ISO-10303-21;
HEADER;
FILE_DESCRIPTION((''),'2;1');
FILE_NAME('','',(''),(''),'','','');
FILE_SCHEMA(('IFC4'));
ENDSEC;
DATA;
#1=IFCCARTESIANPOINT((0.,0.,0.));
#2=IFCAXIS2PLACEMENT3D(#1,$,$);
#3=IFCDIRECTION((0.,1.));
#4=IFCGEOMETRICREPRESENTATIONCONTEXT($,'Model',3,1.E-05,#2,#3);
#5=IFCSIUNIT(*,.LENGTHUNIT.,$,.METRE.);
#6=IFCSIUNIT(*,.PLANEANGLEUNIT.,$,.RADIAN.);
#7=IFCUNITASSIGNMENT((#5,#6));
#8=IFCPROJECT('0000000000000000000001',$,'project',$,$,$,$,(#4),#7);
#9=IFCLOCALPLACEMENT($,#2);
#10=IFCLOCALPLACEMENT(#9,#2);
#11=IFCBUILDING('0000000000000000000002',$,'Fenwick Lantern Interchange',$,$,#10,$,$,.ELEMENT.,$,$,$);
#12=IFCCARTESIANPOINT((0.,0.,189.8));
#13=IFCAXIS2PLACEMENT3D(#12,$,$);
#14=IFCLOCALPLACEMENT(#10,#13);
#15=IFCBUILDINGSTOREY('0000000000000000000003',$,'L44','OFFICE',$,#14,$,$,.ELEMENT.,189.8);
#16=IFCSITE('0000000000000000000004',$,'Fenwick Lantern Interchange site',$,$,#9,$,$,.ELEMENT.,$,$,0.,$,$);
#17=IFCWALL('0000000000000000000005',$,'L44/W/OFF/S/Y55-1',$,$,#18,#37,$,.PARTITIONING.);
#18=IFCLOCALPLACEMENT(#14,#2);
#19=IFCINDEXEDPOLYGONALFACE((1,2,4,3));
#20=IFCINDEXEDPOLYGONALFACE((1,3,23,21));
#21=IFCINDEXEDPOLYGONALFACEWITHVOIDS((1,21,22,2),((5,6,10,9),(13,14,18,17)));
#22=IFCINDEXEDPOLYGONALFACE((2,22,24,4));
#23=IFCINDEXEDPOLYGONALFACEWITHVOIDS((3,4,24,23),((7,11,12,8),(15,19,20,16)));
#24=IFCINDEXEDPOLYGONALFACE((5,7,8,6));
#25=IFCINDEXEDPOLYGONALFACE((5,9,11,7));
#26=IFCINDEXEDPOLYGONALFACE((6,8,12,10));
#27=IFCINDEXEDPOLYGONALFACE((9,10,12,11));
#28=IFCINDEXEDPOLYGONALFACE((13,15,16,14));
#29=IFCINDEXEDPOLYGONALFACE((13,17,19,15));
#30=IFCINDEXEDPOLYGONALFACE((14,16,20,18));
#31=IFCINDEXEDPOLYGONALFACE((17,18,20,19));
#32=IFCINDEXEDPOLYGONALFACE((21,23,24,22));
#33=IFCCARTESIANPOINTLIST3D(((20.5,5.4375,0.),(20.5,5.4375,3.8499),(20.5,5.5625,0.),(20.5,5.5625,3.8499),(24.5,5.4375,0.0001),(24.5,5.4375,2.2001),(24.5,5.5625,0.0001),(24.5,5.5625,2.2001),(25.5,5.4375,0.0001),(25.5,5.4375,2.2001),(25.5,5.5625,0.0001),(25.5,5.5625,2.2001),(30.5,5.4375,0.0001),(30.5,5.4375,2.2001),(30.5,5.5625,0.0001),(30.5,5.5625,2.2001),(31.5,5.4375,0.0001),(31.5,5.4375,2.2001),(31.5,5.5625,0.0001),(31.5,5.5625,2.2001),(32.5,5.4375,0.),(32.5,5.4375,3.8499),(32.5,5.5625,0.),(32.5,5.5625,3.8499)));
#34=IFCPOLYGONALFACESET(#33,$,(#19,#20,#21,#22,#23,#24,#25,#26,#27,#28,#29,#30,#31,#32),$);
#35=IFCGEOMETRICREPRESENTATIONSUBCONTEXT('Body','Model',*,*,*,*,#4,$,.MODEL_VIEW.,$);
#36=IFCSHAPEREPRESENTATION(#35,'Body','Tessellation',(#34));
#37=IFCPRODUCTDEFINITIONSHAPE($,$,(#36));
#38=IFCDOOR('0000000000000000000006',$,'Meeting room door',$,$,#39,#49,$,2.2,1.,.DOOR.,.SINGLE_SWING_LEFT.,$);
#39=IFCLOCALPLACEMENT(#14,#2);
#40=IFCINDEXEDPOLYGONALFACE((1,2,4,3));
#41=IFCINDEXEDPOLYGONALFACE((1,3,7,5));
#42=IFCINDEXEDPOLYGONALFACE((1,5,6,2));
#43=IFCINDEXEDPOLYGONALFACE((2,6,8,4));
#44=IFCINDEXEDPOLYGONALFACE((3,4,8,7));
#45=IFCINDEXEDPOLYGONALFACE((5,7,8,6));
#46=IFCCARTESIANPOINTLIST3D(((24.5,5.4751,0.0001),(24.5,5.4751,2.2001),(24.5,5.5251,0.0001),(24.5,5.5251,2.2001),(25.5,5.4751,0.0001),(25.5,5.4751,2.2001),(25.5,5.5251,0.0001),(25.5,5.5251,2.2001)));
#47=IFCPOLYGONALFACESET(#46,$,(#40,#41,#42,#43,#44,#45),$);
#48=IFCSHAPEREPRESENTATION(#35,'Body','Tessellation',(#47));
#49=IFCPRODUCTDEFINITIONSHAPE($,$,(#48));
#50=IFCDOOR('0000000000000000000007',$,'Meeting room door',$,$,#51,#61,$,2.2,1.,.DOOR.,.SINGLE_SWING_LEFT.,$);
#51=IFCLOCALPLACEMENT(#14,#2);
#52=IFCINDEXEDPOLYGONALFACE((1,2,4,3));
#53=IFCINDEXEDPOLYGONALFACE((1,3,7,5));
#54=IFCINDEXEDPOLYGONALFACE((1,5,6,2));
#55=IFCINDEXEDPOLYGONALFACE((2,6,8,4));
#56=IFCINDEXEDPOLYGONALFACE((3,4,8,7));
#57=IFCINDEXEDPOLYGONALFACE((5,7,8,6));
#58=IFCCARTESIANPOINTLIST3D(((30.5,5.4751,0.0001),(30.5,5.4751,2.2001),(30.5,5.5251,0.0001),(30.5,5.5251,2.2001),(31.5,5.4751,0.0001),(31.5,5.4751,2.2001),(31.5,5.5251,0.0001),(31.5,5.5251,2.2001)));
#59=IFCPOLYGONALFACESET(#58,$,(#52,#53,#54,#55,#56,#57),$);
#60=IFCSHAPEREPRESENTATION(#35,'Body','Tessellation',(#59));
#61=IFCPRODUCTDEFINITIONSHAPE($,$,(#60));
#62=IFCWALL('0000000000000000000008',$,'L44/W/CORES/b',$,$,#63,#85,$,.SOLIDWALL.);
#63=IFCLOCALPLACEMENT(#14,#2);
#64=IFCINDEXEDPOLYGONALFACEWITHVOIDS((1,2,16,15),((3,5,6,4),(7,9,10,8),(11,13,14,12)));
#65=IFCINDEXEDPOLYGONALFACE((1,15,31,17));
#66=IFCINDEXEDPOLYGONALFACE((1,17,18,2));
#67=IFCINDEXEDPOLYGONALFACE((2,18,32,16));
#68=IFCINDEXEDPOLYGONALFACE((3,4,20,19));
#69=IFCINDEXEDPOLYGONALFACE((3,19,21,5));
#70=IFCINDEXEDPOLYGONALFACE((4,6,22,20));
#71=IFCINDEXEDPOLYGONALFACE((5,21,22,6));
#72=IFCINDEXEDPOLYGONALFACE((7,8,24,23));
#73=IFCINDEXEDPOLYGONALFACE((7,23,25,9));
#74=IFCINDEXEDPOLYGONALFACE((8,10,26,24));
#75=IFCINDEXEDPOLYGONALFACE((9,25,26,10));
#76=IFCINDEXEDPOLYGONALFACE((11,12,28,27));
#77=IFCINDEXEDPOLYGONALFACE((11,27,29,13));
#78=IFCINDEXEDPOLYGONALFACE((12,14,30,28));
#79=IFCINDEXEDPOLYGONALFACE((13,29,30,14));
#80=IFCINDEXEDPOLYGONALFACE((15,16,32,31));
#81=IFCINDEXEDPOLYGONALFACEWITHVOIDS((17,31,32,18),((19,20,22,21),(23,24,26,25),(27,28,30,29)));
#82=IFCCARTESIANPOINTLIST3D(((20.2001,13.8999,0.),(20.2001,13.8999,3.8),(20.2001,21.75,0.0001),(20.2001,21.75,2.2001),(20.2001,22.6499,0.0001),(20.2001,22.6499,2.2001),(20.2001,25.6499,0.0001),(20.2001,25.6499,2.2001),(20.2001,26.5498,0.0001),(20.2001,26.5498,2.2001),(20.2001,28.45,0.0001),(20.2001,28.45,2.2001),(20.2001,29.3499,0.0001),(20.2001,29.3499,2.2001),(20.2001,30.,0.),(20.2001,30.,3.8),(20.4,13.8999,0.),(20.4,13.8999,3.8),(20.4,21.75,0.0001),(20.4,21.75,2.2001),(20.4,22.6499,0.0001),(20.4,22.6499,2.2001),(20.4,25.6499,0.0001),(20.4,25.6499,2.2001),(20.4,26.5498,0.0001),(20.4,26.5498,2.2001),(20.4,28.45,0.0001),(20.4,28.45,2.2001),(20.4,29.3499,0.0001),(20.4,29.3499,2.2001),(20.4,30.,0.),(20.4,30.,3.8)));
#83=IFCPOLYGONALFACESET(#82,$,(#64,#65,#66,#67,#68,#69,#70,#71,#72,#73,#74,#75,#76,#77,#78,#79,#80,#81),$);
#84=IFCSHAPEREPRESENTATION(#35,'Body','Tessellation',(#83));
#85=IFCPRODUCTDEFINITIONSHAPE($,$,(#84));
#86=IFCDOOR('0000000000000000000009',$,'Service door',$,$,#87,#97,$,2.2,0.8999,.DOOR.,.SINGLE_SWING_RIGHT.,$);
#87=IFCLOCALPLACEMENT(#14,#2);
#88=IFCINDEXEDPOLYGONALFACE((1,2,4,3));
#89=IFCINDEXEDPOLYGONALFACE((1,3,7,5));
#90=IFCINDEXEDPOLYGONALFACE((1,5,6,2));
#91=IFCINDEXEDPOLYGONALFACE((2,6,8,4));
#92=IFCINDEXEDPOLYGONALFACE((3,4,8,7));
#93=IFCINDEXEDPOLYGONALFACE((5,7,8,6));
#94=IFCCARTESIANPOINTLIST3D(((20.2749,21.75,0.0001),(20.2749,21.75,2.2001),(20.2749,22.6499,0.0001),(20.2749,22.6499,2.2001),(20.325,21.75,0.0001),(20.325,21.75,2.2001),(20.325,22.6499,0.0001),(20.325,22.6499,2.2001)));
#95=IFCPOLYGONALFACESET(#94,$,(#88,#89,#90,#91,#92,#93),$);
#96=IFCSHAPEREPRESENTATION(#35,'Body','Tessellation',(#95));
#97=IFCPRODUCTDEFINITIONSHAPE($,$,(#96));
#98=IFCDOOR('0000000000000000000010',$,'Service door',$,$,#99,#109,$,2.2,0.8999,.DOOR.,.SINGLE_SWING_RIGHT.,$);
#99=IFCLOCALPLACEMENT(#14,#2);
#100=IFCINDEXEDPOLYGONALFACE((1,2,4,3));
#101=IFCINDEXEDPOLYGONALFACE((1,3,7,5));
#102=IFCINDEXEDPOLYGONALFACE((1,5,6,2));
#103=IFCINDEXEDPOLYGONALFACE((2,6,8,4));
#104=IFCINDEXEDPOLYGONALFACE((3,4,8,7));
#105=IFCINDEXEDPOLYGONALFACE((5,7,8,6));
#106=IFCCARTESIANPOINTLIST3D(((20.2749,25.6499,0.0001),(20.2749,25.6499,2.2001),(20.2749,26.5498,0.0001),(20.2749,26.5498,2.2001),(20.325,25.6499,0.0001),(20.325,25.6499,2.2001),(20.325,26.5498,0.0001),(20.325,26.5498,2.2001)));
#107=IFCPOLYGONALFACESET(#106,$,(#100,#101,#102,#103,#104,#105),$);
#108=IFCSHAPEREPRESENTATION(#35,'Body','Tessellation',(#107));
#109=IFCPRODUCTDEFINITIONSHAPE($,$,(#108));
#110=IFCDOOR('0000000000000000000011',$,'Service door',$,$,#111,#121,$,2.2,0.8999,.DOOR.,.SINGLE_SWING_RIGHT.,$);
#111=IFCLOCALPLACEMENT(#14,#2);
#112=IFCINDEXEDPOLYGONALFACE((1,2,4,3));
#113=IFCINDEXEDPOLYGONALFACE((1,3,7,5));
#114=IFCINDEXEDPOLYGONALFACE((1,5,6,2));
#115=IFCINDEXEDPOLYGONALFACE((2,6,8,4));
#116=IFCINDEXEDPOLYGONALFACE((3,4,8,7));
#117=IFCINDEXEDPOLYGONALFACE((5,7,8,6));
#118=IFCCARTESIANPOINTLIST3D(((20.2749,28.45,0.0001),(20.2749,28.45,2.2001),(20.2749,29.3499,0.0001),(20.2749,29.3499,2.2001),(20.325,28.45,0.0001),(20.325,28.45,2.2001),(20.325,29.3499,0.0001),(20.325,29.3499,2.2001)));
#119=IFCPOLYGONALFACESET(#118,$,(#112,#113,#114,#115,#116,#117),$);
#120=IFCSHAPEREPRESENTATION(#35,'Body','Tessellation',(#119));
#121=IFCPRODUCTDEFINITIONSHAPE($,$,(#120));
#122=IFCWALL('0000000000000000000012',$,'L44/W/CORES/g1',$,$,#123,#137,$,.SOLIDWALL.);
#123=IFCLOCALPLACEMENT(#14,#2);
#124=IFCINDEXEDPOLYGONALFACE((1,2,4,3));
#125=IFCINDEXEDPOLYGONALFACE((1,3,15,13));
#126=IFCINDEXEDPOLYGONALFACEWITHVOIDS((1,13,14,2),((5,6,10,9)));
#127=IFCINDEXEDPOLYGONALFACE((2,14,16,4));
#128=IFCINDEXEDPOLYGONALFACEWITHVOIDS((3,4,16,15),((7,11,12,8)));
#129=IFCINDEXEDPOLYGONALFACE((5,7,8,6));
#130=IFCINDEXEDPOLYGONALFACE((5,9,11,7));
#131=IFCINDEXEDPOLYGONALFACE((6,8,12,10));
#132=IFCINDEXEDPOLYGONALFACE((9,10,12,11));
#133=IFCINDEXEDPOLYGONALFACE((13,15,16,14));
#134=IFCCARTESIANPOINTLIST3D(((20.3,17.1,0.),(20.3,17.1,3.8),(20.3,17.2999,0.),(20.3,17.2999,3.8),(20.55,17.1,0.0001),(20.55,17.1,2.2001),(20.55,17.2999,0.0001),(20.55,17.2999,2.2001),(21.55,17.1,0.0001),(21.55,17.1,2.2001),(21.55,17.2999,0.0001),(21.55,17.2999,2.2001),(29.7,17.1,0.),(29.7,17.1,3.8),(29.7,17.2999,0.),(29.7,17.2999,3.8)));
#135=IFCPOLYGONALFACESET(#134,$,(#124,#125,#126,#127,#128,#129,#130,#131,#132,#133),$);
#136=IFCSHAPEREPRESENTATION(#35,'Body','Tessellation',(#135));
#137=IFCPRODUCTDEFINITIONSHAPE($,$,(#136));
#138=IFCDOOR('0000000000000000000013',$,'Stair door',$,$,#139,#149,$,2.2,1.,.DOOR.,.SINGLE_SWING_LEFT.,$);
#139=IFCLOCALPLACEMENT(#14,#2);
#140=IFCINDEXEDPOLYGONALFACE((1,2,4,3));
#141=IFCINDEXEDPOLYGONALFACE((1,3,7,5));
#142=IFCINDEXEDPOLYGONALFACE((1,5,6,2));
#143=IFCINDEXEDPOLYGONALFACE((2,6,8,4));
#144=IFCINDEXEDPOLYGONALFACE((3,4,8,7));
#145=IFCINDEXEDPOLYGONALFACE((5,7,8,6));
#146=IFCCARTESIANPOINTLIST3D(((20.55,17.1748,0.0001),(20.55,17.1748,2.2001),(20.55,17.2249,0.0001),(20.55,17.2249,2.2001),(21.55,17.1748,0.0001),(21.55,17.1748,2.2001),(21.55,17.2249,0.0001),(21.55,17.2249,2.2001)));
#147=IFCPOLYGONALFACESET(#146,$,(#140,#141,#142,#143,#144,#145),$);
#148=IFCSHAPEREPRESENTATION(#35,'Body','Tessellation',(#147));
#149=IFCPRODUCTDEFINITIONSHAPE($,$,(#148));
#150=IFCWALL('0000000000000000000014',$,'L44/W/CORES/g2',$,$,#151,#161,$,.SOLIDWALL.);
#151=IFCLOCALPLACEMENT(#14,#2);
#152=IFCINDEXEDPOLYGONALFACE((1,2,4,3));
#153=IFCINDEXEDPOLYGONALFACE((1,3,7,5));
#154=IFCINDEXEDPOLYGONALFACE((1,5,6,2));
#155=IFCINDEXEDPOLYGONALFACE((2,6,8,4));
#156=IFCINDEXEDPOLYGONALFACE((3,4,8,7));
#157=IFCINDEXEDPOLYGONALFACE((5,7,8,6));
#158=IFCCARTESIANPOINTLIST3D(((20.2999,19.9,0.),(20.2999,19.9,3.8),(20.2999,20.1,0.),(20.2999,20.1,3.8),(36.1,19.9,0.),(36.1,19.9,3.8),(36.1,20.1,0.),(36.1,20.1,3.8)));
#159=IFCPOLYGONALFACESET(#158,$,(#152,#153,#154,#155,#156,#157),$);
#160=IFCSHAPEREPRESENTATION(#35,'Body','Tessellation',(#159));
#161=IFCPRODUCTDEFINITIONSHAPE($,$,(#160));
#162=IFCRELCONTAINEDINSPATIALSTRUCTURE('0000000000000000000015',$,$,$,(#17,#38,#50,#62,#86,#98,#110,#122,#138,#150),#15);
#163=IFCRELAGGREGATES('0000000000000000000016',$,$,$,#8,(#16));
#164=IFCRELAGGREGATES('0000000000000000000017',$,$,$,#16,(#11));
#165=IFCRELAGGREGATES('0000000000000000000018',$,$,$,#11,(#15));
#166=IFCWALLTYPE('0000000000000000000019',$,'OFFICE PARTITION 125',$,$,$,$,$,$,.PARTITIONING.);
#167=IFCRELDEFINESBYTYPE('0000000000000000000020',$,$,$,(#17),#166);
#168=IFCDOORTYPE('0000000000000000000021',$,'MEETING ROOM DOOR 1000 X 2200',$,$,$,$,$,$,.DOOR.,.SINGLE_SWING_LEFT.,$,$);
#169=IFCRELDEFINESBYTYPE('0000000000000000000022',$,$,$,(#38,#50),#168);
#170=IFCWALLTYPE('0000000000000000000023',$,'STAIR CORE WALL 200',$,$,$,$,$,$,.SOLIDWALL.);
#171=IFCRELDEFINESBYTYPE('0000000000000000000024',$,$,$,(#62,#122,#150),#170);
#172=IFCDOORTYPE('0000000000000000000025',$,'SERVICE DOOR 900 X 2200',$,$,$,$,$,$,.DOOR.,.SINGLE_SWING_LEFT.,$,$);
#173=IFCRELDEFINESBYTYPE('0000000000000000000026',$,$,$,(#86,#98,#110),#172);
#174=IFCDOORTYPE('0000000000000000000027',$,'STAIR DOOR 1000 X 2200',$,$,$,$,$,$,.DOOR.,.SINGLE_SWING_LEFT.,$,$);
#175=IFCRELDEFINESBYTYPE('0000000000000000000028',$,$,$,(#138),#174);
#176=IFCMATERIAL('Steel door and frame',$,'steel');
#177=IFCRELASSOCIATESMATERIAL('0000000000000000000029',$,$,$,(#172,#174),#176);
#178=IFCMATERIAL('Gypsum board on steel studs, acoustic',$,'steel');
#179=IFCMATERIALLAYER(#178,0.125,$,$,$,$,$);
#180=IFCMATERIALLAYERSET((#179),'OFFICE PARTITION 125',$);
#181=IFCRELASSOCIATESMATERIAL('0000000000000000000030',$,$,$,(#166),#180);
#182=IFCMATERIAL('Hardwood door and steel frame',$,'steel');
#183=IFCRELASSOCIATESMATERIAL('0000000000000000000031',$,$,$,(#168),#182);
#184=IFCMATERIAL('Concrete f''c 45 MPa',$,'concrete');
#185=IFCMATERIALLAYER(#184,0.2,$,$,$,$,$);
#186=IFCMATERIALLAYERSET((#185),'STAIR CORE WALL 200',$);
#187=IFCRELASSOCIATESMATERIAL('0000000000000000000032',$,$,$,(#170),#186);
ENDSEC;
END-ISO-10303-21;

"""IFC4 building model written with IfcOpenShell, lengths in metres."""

from ifc_helpers import new_model, si_unit, direction, frame, frame_2d, origin, place, context, subcontext, project, spatial, rectangle, extrude, material, layer, layer_set, type_object, element, fill, save


model = new_model("IFC4")

# Units and contexts
model_context = context("Model", 3, precision=1e-05, world=origin(), true_north=direction((0.0, 1.0)))
body_context = subcontext(model_context, "Body", "Model", "MODEL_VIEW")
ifc_project = project(units=[si_unit("LENGTHUNIT", "METRE"), si_unit("PLANEANGLEUNIT", "RADIAN")], contexts=[model_context])

# Site, building, storey
site_placement = place(None, origin())
site = spatial("IfcSite", under=ifc_project, at=site_placement, Name="Fenwick Lantern Interchange site", CompositionType="ELEMENT", RefElevation=0.0)
building_placement = place(site_placement, origin())
building = spatial("IfcBuilding", under=site, at=building_placement, Name="Fenwick Lantern Interchange", CompositionType="ELEMENT")
storey_placement = place(building_placement, frame((0.0, 0.0, 189.8)))
storey = spatial("IfcBuildingStorey", under=building, at=storey_placement, Name="L44", Description="OFFICE", CompositionType="ELEMENT", Elevation=189.8)

# Shared definitions
ifc_material_1 = material(Name="Steel door and frame", Category="steel")
door_type_1 = type_object("IfcDoorType", Name="SERVICE DOOR 900 X 2200", OperationType="SINGLE_SWING_LEFT", PredefinedType="DOOR", material=ifc_material_1)

# Shared definitions
ifc_material_2 = material(Name="Gypsum board on steel studs, acoustic", Category="steel")
ifc_layer_1 = layer(ifc_material_2, 0.125)
ifc_layer_set_1 = layer_set([ifc_layer_1], Name="OFFICE PARTITION 125")
wall_type_1 = type_object("IfcWallType", Name="OFFICE PARTITION 125", PredefinedType="PARTITIONING", material=ifc_layer_set_1)

# Walls, openings, doors
wall_1_placement = place(storey_placement, frame((20.5, 5.5, 0.0), z_axis=(0.0, 0.0, 1.0), x_axis=(1.0, 0.0, 0.0)))
wall_1 = element("IfcWall", 1, at=wall_1_placement, inside=storey, type_object=wall_type_1, Name="L44/W/OFF/S/Y55-1", PredefinedType="PARTITIONING", context=body_context, shape_type="SweptSolid", body=[
    extrude(rectangle(XDim=12.0, YDim=0.125, at=frame_2d((6.0, 0.0))), origin(), (0.0, 0.0, 1.0), 3.8499),
])
opening_1_placement = place(wall_1_placement, frame((4.0, 0.0, 0.0)))
opening_1 = element("IfcOpeningElement", 2, at=opening_1_placement, cuts=wall_1, PredefinedType="OPENING", context=body_context, shape_type="SweptSolid", body=[
    extrude(rectangle(XDim=1.0, YDim=2.2, at=frame_2d((0.5, 1.1001))), frame((0.0, 0.0725, 0.0), z_axis=(0.0, -1.0, 0.0), x_axis=(1.0, 0.0, 0.0)), (0.0, 0.0, 1.0), 0.145),
])
opening_2_placement = place(wall_1_placement, frame((10.0, 0.0, 0.0)))
opening_2 = element("IfcOpeningElement", 3, at=opening_2_placement, cuts=wall_1, PredefinedType="OPENING", context=body_context, shape_type="SweptSolid", body=[
    extrude(rectangle(XDim=1.0, YDim=2.2, at=frame_2d((0.5, 1.1001))), frame((0.0, 0.0725, 0.0), z_axis=(0.0, -1.0, 0.0), x_axis=(1.0, 0.0, 0.0)), (0.0, 0.0, 1.0), 0.145),
])
ifc_material_3 = material(Name="Hardwood door and steel frame", Category="steel")
door_type_2 = type_object("IfcDoorType", Name="MEETING ROOM DOOR 1000 X 2200", OperationType="SINGLE_SWING_LEFT", PredefinedType="DOOR", material=ifc_material_3)
door_1_placement = place(opening_1_placement, frame((1.0, 0.0, 0.0), z_axis=(0.0, 0.0, 1.0), x_axis=(-1.0, 0.0, 0.0)))
door_1 = element("IfcDoor", 4, at=door_1_placement, inside=storey, type_object=door_type_2, Name="Meeting room door", OperationType="SINGLE_SWING_LEFT", OverallHeight=2.2, OverallWidth=1.0, PredefinedType="DOOR", context=body_context, shape_type="SweptSolid", body=[
    extrude(rectangle(XDim=1.0, YDim=2.2, at=frame_2d((0.5, 1.1001))), frame((0.0, 0.0249, 0.0), z_axis=(0.0, -1.0, 0.0), x_axis=(1.0, 0.0, 0.0)), (0.0, 0.0, 1.0), 0.05),
])
fill(opening_1, door_1)
door_2_placement = place(opening_2_placement, frame((1.0, 0.0, 0.0), z_axis=(0.0, 0.0, 1.0), x_axis=(-1.0, 0.0, 0.0)))
door_2 = element("IfcDoor", 5, at=door_2_placement, inside=storey, type_object=door_type_2, Name="Meeting room door", OperationType="SINGLE_SWING_LEFT", OverallHeight=2.2, OverallWidth=1.0, PredefinedType="DOOR", context=body_context, shape_type="SweptSolid", body=[
    extrude(rectangle(XDim=1.0, YDim=2.2, at=frame_2d((0.5, 1.1001))), frame((0.0, 0.0249, 0.0), z_axis=(0.0, -1.0, 0.0), x_axis=(1.0, 0.0, 0.0)), (0.0, 0.0, 1.0), 0.05),
])
fill(opening_2, door_2)
ifc_material_4 = material(Name="Concrete f'c 45 MPa", Category="concrete")
ifc_layer_2 = layer(ifc_material_4, 0.2)
ifc_layer_set_2 = layer_set([ifc_layer_2], Name="STAIR CORE WALL 200")
wall_type_2 = type_object("IfcWallType", Name="STAIR CORE WALL 200", PredefinedType="SOLIDWALL", material=ifc_layer_set_2)
wall_2_placement = place(storey_placement, frame((20.3, 13.8999, 0.0), z_axis=(0.0, 0.0, 1.0), x_axis=(0.0, 1.0, 0.0)))
wall_2 = element("IfcWall", 6, at=wall_2_placement, inside=storey, type_object=wall_type_2, Name="L44/W/CORES/b", PredefinedType="SOLIDWALL", context=body_context, shape_type="SweptSolid", body=[
    extrude(rectangle(XDim=16.1001, YDim=0.2, at=frame_2d((8.05, 0.0))), origin(), (0.0, 0.0, 1.0), 3.8),
])
opening_3_placement = place(wall_2_placement, frame((7.8501, 0.0, 0.0)))
opening_3 = element("IfcOpeningElement", 7, at=opening_3_placement, cuts=wall_2, PredefinedType="OPENING", context=body_context, shape_type="SweptSolid", body=[
    extrude(rectangle(XDim=0.8999, YDim=2.2, at=frame_2d((0.45, 1.1001))), frame((0.0, 0.1099, 0.0), z_axis=(0.0, -1.0, 0.0), x_axis=(1.0, 0.0, 0.0)), (0.0, 0.0, 1.0), 0.22),
])
opening_4_placement = place(wall_2_placement, frame((11.75, 0.0, 0.0)))
opening_4 = element("IfcOpeningElement", 8, at=opening_4_placement, cuts=wall_2, PredefinedType="OPENING", context=body_context, shape_type="SweptSolid", body=[
    extrude(rectangle(XDim=0.8999, YDim=2.2, at=frame_2d((0.45, 1.1001))), frame((0.0, 0.1099, 0.0), z_axis=(0.0, -1.0, 0.0), x_axis=(1.0, 0.0, 0.0)), (0.0, 0.0, 1.0), 0.22),
])
opening_5_placement = place(wall_2_placement, frame((14.55, 0.0, 0.0)))
opening_5 = element("IfcOpeningElement", 9, at=opening_5_placement, cuts=wall_2, PredefinedType="OPENING", context=body_context, shape_type="SweptSolid", body=[
    extrude(rectangle(XDim=0.8999, YDim=2.2, at=frame_2d((0.45, 1.1001))), frame((0.0, 0.1099, 0.0), z_axis=(0.0, -1.0, 0.0), x_axis=(1.0, 0.0, 0.0)), (0.0, 0.0, 1.0), 0.22),
])
door_3_placement = place(opening_3_placement, frame((0.8999, 0.0, 0.0), z_axis=(0.0, 0.0, 1.0), x_axis=(-1.0, 0.0, 0.0)))
door_3 = element("IfcDoor", 10, at=door_3_placement, inside=storey, type_object=door_type_1, Name="Service door", OperationType="SINGLE_SWING_RIGHT", OverallHeight=2.2, OverallWidth=0.8999, PredefinedType="DOOR", context=body_context, shape_type="SweptSolid", body=[
    extrude(rectangle(XDim=0.8999, YDim=2.2, at=frame_2d((0.45, 1.1001))), frame((0.0, 0.0249, 0.0), z_axis=(0.0, -1.0, 0.0), x_axis=(1.0, 0.0, 0.0)), (0.0, 0.0, 1.0), 0.05),
])
fill(opening_3, door_3)
door_4_placement = place(opening_4_placement, frame((0.8999, 0.0, 0.0), z_axis=(0.0, 0.0, 1.0), x_axis=(-1.0, 0.0, 0.0)))
door_4 = element("IfcDoor", 11, at=door_4_placement, inside=storey, type_object=door_type_1, Name="Service door", OperationType="SINGLE_SWING_RIGHT", OverallHeight=2.2, OverallWidth=0.8999, PredefinedType="DOOR", context=body_context, shape_type="SweptSolid", body=[
    extrude(rectangle(XDim=0.8999, YDim=2.2, at=frame_2d((0.45, 1.1001))), frame((0.0, 0.0249, 0.0), z_axis=(0.0, -1.0, 0.0), x_axis=(1.0, 0.0, 0.0)), (0.0, 0.0, 1.0), 0.05),
])
fill(opening_4, door_4)
door_5_placement = place(opening_5_placement, frame((0.8999, 0.0, 0.0), z_axis=(0.0, 0.0, 1.0), x_axis=(-1.0, 0.0, 0.0)))
door_5 = element("IfcDoor", 12, at=door_5_placement, inside=storey, type_object=door_type_1, Name="Service door", OperationType="SINGLE_SWING_RIGHT", OverallHeight=2.2, OverallWidth=0.8999, PredefinedType="DOOR", context=body_context, shape_type="SweptSolid", body=[
    extrude(rectangle(XDim=0.8999, YDim=2.2, at=frame_2d((0.45, 1.1001))), frame((0.0, 0.0249, 0.0), z_axis=(0.0, -1.0, 0.0), x_axis=(1.0, 0.0, 0.0)), (0.0, 0.0, 1.0), 0.05),
])
fill(opening_5, door_5)

# Wall, opening, door
wall_3_placement = place(storey_placement, frame((20.3, 17.2, 0.0), z_axis=(0.0, 0.0, 1.0), x_axis=(1.0, 0.0, 0.0)))
wall_3 = element("IfcWall", 13, at=wall_3_placement, inside=storey, type_object=wall_type_2, Name="L44/W/CORES/g1", PredefinedType="SOLIDWALL", context=body_context, shape_type="SweptSolid", body=[
    extrude(rectangle(XDim=9.3999, YDim=0.2, at=frame_2d((4.7, 0.0))), origin(), (0.0, 0.0, 1.0), 3.8),
])
opening_6_placement = place(wall_3_placement, frame((0.25, 0.0, 0.0)))
opening_6 = element("IfcOpeningElement", 14, at=opening_6_placement, cuts=wall_3, PredefinedType="OPENING", context=body_context, shape_type="SweptSolid", body=[
    extrude(rectangle(XDim=1.0, YDim=2.2, at=frame_2d((0.5, 1.1001))), frame((0.0, 0.1099, 0.0), z_axis=(0.0, -1.0, 0.0), x_axis=(1.0, 0.0, 0.0)), (0.0, 0.0, 1.0), 0.22),
])
door_type_3 = type_object("IfcDoorType", Name="STAIR DOOR 1000 X 2200", OperationType="SINGLE_SWING_LEFT", PredefinedType="DOOR", material=ifc_material_1)
door_6_placement = place(opening_6_placement, origin())
door_6 = element("IfcDoor", 15, at=door_6_placement, inside=storey, type_object=door_type_3, Name="Stair door", OperationType="SINGLE_SWING_LEFT", OverallHeight=2.2, OverallWidth=1.0, PredefinedType="DOOR", context=body_context, shape_type="SweptSolid", body=[
    extrude(rectangle(XDim=1.0, YDim=2.2, at=frame_2d((0.5, 1.1001))), frame((0.0, 0.0249, 0.0), z_axis=(0.0, -1.0, 0.0), x_axis=(1.0, 0.0, 0.0)), (0.0, 0.0, 1.0), 0.05),
])
fill(opening_6, door_6)

# Wall
wall_4_placement = place(storey_placement, frame((20.3, 20.0, 0.0), z_axis=(0.0, 0.0, 1.0), x_axis=(1.0, 0.0, 0.0)))
element("IfcWall", 16, at=wall_4_placement, inside=storey, type_object=wall_type_2, Name="L44/W/CORES/g2", PredefinedType="SOLIDWALL", context=body_context, shape_type="SweptSolid", body=[
    extrude(rectangle(XDim=15.8, YDim=0.2, at=frame_2d((7.8999, 0.0))), origin(), (0.0, 0.0, 1.0), 3.8),
])

save(model, "model.ifc")
